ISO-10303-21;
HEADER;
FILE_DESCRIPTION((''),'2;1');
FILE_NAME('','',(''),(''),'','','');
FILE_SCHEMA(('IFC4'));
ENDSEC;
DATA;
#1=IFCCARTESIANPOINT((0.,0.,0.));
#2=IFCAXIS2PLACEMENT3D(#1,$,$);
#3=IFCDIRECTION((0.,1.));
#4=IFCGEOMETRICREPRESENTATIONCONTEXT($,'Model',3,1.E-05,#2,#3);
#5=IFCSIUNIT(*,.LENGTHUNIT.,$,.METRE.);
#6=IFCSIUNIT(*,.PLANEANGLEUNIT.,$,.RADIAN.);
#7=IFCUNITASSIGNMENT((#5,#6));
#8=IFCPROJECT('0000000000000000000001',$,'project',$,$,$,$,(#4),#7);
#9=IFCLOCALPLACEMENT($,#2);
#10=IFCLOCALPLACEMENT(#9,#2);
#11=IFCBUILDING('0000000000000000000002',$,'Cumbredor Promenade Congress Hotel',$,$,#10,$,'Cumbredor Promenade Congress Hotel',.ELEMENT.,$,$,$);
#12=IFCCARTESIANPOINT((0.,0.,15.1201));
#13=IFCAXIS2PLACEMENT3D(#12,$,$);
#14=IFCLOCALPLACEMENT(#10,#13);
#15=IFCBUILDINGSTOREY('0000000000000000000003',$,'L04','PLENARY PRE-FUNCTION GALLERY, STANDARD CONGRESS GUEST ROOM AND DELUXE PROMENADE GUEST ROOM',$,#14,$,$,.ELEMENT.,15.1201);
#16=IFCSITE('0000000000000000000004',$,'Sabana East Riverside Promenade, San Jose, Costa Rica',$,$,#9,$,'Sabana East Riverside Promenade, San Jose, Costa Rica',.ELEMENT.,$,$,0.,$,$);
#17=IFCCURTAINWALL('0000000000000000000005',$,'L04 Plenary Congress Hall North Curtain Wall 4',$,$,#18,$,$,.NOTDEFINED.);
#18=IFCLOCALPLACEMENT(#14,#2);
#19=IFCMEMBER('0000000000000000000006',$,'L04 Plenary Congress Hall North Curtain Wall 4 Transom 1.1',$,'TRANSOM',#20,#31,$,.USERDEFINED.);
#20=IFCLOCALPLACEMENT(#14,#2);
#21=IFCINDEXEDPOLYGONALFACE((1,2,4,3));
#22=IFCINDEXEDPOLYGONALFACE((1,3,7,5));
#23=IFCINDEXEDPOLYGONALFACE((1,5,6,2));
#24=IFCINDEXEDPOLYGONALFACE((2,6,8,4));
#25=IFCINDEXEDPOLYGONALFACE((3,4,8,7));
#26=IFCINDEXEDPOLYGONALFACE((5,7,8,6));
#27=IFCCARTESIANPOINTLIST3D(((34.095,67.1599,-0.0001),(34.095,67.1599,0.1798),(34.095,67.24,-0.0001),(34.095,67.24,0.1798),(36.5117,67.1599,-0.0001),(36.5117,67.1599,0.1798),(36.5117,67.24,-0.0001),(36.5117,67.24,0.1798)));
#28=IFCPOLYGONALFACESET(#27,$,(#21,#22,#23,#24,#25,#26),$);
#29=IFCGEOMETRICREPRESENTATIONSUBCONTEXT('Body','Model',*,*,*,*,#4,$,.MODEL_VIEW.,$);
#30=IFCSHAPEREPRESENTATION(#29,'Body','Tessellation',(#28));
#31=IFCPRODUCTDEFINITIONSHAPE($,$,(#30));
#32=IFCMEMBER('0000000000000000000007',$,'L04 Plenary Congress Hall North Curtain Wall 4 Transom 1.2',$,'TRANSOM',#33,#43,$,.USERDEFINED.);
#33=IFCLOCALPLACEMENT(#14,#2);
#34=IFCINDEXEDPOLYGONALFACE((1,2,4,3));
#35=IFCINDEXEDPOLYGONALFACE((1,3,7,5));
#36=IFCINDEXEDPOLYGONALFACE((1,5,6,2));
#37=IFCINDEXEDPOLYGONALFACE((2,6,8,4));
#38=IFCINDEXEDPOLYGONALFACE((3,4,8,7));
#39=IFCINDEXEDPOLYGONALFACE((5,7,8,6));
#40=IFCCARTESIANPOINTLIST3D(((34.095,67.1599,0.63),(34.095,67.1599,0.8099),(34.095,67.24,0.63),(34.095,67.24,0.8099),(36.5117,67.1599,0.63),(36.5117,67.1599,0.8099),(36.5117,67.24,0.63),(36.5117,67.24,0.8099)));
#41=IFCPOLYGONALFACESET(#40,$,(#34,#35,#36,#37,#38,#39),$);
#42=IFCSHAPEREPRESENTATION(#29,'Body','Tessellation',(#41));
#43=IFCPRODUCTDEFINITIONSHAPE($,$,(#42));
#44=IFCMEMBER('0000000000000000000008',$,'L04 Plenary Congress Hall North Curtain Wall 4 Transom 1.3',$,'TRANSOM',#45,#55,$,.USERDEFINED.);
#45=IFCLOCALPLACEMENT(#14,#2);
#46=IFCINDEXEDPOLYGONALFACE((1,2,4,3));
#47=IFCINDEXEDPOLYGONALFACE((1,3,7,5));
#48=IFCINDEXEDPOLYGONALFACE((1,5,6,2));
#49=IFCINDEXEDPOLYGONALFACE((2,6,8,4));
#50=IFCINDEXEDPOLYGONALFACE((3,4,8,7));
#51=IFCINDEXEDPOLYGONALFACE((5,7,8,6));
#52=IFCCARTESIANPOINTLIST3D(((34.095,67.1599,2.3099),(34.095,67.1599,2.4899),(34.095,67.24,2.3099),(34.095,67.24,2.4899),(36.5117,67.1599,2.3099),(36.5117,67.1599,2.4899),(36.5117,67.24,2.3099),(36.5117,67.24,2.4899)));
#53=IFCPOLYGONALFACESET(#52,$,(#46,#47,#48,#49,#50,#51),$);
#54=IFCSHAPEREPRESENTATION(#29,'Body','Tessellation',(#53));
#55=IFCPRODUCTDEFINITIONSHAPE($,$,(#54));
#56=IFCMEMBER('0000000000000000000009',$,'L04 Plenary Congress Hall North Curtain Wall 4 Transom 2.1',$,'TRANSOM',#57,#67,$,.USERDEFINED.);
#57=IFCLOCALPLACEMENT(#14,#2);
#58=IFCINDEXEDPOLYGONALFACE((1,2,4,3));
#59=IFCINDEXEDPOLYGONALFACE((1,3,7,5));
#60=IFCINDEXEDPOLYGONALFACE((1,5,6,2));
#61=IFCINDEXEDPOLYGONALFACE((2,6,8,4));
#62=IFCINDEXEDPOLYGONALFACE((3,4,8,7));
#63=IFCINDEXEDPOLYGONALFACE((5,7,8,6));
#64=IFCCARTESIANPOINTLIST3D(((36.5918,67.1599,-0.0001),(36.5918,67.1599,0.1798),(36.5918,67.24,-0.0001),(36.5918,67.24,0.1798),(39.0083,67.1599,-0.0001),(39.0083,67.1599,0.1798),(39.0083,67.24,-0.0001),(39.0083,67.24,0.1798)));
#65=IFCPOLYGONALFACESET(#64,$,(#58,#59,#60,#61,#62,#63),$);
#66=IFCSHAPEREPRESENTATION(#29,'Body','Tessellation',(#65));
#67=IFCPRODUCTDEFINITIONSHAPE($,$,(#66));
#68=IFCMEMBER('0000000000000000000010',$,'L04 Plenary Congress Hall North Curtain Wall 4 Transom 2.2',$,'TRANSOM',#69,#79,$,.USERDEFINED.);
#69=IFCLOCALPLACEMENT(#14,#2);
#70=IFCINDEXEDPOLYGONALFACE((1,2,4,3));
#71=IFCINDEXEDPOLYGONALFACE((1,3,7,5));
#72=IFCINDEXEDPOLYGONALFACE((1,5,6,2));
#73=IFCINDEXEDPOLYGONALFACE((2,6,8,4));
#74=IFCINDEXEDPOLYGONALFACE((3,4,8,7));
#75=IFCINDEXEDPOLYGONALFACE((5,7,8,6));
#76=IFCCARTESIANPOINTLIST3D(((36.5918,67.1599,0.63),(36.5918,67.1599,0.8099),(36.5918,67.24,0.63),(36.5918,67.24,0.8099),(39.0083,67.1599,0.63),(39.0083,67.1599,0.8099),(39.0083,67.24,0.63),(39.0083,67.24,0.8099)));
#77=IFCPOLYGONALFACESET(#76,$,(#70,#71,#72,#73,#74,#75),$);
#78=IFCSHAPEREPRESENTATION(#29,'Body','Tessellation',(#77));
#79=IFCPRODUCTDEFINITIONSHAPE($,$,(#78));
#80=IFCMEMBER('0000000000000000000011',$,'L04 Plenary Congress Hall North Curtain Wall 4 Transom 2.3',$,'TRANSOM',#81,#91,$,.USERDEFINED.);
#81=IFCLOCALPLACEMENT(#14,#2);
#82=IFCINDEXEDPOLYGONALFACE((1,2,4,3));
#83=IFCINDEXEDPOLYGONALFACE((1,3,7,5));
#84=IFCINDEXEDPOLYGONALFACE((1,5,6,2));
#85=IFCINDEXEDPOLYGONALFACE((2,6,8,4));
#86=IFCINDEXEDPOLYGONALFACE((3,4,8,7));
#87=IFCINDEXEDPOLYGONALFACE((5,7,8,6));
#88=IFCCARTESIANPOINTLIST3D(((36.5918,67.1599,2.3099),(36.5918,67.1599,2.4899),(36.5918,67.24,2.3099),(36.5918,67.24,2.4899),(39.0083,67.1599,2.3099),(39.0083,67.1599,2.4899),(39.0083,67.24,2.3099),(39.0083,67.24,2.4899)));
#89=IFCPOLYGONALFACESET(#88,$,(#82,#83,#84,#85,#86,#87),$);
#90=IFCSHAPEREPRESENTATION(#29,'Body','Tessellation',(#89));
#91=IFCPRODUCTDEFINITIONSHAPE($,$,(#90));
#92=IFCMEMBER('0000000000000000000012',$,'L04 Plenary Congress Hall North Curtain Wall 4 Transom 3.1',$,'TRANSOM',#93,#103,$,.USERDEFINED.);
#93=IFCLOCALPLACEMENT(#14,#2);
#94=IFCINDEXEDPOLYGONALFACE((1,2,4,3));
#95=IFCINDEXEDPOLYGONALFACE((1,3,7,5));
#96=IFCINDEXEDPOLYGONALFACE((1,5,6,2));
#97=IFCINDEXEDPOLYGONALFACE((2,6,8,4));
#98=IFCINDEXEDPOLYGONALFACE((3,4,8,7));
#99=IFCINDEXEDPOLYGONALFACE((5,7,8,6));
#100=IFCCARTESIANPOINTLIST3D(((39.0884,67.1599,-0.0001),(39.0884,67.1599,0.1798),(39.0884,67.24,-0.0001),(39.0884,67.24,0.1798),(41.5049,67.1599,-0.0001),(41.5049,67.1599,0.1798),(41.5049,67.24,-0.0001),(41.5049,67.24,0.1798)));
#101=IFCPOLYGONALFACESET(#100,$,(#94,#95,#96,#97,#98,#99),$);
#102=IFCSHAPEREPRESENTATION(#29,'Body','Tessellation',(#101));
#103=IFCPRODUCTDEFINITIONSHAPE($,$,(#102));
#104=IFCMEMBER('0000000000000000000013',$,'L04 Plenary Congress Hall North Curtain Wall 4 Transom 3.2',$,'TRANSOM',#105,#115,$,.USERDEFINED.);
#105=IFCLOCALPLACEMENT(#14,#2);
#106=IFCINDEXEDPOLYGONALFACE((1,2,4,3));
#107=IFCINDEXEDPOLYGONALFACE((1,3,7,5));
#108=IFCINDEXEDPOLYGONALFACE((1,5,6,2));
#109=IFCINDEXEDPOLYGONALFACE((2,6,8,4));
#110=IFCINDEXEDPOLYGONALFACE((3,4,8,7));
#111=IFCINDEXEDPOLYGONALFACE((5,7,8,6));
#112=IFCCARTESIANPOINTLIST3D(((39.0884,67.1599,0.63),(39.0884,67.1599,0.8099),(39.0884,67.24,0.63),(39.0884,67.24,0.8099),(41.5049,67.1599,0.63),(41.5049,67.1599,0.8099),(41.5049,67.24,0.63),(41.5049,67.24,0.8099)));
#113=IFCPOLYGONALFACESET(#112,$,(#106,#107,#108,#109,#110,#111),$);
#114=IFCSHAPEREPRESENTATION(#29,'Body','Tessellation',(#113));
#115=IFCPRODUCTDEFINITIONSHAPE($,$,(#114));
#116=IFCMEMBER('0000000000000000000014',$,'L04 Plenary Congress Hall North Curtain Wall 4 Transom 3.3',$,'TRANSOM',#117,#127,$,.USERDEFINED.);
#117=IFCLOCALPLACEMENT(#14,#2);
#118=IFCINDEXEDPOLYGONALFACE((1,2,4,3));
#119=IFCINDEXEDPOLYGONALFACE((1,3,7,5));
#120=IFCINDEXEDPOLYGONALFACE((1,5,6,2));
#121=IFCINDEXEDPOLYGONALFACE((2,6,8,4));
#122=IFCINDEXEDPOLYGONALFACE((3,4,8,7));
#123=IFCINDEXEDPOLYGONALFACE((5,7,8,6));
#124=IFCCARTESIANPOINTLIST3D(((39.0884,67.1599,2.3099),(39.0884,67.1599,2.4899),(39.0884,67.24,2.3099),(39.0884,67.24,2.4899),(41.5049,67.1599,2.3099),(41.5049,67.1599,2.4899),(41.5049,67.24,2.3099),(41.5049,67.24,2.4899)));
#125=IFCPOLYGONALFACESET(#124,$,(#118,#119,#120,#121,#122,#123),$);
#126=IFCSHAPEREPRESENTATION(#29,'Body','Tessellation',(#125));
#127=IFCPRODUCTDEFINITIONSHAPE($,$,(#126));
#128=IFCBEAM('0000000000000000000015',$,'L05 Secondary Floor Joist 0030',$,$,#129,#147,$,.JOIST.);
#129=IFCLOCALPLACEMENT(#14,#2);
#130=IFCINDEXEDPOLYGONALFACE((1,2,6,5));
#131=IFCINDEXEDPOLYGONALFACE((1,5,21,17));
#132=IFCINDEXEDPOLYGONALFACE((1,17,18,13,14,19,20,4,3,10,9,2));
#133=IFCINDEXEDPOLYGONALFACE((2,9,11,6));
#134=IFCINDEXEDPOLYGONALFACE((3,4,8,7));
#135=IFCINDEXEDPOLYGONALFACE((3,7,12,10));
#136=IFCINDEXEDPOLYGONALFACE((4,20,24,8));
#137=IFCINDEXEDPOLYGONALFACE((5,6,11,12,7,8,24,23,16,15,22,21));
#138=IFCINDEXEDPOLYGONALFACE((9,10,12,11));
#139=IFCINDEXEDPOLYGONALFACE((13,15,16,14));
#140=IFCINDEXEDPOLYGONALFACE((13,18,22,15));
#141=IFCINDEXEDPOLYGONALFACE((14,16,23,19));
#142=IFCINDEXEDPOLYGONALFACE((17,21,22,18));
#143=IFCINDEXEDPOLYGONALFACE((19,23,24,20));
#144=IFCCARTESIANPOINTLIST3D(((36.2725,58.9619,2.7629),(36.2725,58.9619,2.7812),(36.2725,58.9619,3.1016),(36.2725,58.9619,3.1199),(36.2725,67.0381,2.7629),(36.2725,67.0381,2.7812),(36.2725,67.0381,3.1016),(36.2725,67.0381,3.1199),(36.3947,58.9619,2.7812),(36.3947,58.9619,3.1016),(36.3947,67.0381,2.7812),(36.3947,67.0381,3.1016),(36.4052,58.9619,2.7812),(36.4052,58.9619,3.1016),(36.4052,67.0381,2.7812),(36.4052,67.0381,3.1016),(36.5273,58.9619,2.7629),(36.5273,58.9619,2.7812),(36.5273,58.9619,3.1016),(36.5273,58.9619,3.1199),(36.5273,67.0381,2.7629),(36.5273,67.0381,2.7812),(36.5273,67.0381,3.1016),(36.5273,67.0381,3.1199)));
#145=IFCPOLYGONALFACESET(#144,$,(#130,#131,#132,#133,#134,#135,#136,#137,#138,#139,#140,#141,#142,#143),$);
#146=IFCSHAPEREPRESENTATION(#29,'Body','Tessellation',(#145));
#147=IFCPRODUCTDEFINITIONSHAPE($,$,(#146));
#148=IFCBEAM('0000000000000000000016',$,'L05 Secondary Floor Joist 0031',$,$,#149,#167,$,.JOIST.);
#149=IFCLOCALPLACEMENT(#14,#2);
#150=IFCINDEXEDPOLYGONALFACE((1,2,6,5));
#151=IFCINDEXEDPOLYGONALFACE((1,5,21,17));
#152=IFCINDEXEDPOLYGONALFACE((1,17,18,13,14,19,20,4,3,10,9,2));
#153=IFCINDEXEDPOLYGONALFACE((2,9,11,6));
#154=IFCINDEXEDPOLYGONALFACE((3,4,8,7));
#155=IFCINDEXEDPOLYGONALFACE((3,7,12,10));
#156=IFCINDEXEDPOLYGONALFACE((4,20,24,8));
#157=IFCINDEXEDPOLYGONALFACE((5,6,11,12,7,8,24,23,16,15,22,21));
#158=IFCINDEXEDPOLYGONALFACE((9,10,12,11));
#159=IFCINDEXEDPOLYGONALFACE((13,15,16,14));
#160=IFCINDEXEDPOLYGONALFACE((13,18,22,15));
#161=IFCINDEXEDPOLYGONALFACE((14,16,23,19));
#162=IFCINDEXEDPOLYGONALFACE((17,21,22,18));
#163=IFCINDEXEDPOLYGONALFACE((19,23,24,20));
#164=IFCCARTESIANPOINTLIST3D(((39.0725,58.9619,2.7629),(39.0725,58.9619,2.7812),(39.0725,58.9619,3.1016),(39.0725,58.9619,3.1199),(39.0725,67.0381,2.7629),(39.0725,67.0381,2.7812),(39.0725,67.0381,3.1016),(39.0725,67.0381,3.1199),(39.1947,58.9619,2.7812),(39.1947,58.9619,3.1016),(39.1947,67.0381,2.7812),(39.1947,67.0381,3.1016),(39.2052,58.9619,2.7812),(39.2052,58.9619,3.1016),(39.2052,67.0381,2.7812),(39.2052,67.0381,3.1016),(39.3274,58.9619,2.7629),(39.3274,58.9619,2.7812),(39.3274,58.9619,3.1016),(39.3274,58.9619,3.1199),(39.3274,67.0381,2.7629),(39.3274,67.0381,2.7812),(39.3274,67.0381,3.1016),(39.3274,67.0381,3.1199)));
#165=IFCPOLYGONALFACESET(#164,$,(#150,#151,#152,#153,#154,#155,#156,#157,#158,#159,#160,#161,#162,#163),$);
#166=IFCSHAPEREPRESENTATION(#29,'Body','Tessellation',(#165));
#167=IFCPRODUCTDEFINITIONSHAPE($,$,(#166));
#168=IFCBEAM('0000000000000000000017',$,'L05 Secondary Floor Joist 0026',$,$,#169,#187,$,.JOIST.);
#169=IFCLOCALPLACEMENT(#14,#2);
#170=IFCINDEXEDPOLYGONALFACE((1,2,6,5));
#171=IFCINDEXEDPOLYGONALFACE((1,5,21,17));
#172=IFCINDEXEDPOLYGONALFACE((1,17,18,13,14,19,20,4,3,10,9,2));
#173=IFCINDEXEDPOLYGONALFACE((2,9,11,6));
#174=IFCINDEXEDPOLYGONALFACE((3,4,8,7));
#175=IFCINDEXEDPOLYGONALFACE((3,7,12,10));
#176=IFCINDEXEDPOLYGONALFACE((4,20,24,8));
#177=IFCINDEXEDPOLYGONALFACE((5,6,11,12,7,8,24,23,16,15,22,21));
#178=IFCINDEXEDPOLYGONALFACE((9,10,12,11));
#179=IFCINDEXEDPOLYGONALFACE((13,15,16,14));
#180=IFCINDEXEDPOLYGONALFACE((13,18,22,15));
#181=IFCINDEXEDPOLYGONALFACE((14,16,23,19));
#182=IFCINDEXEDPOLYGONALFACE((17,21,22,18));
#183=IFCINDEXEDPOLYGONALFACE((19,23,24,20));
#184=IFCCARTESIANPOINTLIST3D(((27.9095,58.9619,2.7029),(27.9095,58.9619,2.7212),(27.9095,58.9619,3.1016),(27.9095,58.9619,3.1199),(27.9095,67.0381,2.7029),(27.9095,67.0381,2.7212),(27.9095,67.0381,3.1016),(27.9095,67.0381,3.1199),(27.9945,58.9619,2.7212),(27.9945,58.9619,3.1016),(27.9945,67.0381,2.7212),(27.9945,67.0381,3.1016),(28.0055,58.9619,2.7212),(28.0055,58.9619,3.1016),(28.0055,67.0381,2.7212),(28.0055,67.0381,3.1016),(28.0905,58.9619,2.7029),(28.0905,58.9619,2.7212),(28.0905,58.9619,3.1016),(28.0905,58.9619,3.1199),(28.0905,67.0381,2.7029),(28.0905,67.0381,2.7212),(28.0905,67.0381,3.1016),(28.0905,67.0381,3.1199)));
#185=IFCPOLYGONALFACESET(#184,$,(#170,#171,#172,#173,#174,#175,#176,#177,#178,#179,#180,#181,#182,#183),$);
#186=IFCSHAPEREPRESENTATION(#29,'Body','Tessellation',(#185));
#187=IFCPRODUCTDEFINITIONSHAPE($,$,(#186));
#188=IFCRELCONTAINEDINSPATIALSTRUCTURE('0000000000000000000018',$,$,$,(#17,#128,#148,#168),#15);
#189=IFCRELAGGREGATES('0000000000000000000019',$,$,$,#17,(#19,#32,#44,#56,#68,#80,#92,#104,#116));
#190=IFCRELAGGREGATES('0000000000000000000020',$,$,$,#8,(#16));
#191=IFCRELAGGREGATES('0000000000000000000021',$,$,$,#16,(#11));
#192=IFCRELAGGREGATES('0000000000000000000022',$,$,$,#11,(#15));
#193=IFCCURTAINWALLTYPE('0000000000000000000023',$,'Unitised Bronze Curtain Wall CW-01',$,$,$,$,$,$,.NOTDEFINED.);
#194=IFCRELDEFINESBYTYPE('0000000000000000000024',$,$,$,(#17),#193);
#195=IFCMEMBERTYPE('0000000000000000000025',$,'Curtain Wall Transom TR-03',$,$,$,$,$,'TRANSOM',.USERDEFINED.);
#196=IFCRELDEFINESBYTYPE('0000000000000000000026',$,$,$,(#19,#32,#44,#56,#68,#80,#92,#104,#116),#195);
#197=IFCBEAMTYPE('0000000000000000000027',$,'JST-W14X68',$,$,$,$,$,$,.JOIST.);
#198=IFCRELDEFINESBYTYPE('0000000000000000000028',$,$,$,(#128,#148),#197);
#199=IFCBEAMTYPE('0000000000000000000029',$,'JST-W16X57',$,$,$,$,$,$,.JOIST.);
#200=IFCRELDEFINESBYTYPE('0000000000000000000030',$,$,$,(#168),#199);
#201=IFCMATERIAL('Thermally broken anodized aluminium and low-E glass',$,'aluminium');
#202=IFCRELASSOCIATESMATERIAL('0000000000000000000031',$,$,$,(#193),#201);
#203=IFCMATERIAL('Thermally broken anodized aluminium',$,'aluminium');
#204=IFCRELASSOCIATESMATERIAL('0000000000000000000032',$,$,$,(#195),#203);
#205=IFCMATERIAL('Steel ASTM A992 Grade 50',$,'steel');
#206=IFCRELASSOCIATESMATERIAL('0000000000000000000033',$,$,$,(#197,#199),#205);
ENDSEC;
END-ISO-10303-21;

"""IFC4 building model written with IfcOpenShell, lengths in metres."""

from ifc_helpers import new_model, si_unit, direction, frame, origin, origin_2d, place, context, subcontext, project, spatial, rectangle, i_section, extrude, material, material_profile, profile_set, type_object, element, aggregate, save


model = new_model("IFC4")

# Units and contexts
model_context = context("Model", 3, precision=1e-05, world=origin(), true_north=direction((0.0, 1.0)))
body_context = subcontext(model_context, "Body", "Model", "MODEL_VIEW")
ifc_project = project(units=[si_unit("LENGTHUNIT", "METRE"), si_unit("PLANEANGLEUNIT", "RADIAN")], contexts=[model_context])

# Site, building, storey
site_placement = place(None, origin())
site = spatial("IfcSite", under=ifc_project, at=site_placement, Name="Sabana East Riverside Promenade, San Jose, Costa Rica", LongName="Sabana East Riverside Promenade, San Jose, Costa Rica", CompositionType="ELEMENT", RefElevation=0.0)
building_placement = place(site_placement, origin())
building = spatial("IfcBuilding", under=site, at=building_placement, Name="Cumbredor Promenade Congress Hotel", LongName="Cumbredor Promenade Congress Hotel", CompositionType="ELEMENT")
storey_placement = place(building_placement, frame((0.0, 0.0, 15.1201)))
storey = spatial("IfcBuildingStorey", under=building, at=storey_placement, Name="L04", Description="PLENARY PRE-FUNCTION GALLERY, STANDARD CONGRESS GUEST ROOM AND DELUXE PROMENADE GUEST ROOM", CompositionType="ELEMENT", Elevation=15.1201)

# Shared definitions
ifc_material_1 = material(Name="Steel ASTM A992 Grade 50", Category="steel")

# Curtain wall, members
ifc_material_2 = material(Name="Thermally broken anodized aluminium and low-E glass", Category="aluminium")
curtain_wall_type = type_object("IfcCurtainWallType", Name="Unitised Bronze Curtain Wall CW-01", PredefinedType="NOTDEFINED", material=ifc_material_2)
curtain_wall_placement = place(storey_placement, origin())
curtain_wall = element("IfcCurtainWall", 1, at=curtain_wall_placement, inside=storey, type_object=curtain_wall_type, Name="L04 Plenary Congress Hall North Curtain Wall 4", PredefinedType="NOTDEFINED")
ifc_material_3 = material(Name="Thermally broken anodized aluminium", Category="aluminium")
ifc_material_profile_1 = material_profile(ifc_material_3, rectangle(XDim=0.0801, YDim=0.1799, at=origin_2d()), Name="ALU TRANSOM 80x180")
ifc_profile_set_1 = profile_set([ifc_material_profile_1], Name="Thermally broken anodized aluminium")
member_type_1 = type_object("IfcMemberType", Name="Curtain Wall Transom TR-03", ElementType="TRANSOM", PredefinedType="USERDEFINED", material=ifc_profile_set_1)
member_1_placement = place(storey_placement, frame((34.095, 67.2, 0.0898), z_axis=(1.0, 0.0, 0.0), x_axis=(0.0, 1.0, 0.0)))
member_1 = element("IfcMember", 2, at=member_1_placement, type_object=member_type_1, Name="L04 Plenary Congress Hall North Curtain Wall 4 Transom 1.1", ObjectType="TRANSOM", PredefinedType="USERDEFINED", context=body_context, shape_type="SweptSolid", body=[
    extrude(rectangle(XDim=0.0801, YDim=0.1799, at=origin_2d()), origin(), (0.0, 0.0, 1.0), 2.4167),
])
member_2_placement = place(storey_placement, frame((34.095, 67.2, 0.72), z_axis=(1.0, 0.0, 0.0), x_axis=(0.0, 1.0, 0.0)))
member_2 = element("IfcMember", 3, at=member_2_placement, type_object=member_type_1, Name="L04 Plenary Congress Hall North Curtain Wall 4 Transom 1.2", ObjectType="TRANSOM", PredefinedType="USERDEFINED", context=body_context, shape_type="SweptSolid", body=[
    extrude(rectangle(XDim=0.0801, YDim=0.1799, at=origin_2d()), origin(), (0.0, 0.0, 1.0), 2.4167),
])
member_3_placement = place(storey_placement, frame((34.095, 67.2, 2.3999), z_axis=(1.0, 0.0, 0.0), x_axis=(0.0, 1.0, 0.0)))
member_3 = element("IfcMember", 4, at=member_3_placement, type_object=member_type_1, Name="L04 Plenary Congress Hall North Curtain Wall 4 Transom 1.3", ObjectType="TRANSOM", PredefinedType="USERDEFINED", context=body_context, shape_type="SweptSolid", body=[
    extrude(rectangle(XDim=0.0801, YDim=0.1799, at=origin_2d()), origin(), (0.0, 0.0, 1.0), 2.4167),
])
member_4_placement = place(storey_placement, frame((36.5918, 67.2, 0.0898), z_axis=(1.0, 0.0, 0.0), x_axis=(0.0, 1.0, 0.0)))
member_4 = element("IfcMember", 5, at=member_4_placement, type_object=member_type_1, Name="L04 Plenary Congress Hall North Curtain Wall 4 Transom 2.1", ObjectType="TRANSOM", PredefinedType="USERDEFINED", context=body_context, shape_type="SweptSolid", body=[
    extrude(rectangle(XDim=0.0801, YDim=0.1799, at=origin_2d()), origin(), (0.0, 0.0, 1.0), 2.4165),
])
member_5_placement = place(storey_placement, frame((36.5918, 67.2, 0.72), z_axis=(1.0, 0.0, 0.0), x_axis=(0.0, 1.0, 0.0)))
member_5 = element("IfcMember", 6, at=member_5_placement, type_object=member_type_1, Name="L04 Plenary Congress Hall North Curtain Wall 4 Transom 2.2", ObjectType="TRANSOM", PredefinedType="USERDEFINED", context=body_context, shape_type="SweptSolid", body=[
    extrude(rectangle(XDim=0.0801, YDim=0.1799, at=origin_2d()), origin(), (0.0, 0.0, 1.0), 2.4165),
])
member_6_placement = place(storey_placement, frame((36.5918, 67.2, 2.3999), z_axis=(1.0, 0.0, 0.0), x_axis=(0.0, 1.0, 0.0)))
member_6 = element("IfcMember", 7, at=member_6_placement, type_object=member_type_1, Name="L04 Plenary Congress Hall North Curtain Wall 4 Transom 2.3", ObjectType="TRANSOM", PredefinedType="USERDEFINED", context=body_context, shape_type="SweptSolid", body=[
    extrude(rectangle(XDim=0.0801, YDim=0.1799, at=origin_2d()), origin(), (0.0, 0.0, 1.0), 2.4165),
])
member_7_placement = place(storey_placement, frame((39.0884, 67.2, 0.0898), z_axis=(1.0, 0.0, 0.0), x_axis=(0.0, 1.0, 0.0)))
member_7 = element("IfcMember", 8, at=member_7_placement, type_object=member_type_1, Name="L04 Plenary Congress Hall North Curtain Wall 4 Transom 3.1", ObjectType="TRANSOM", PredefinedType="USERDEFINED", context=body_context, shape_type="SweptSolid", body=[
    extrude(rectangle(XDim=0.0801, YDim=0.1799, at=origin_2d()), origin(), (0.0, 0.0, 1.0), 2.4165),
])
member_8_placement = place(storey_placement, frame((39.0884, 67.2, 0.72), z_axis=(1.0, 0.0, 0.0), x_axis=(0.0, 1.0, 0.0)))
member_8 = element("IfcMember", 9, at=member_8_placement, type_object=member_type_1, Name="L04 Plenary Congress Hall North Curtain Wall 4 Transom 3.2", ObjectType="TRANSOM", PredefinedType="USERDEFINED", context=body_context, shape_type="SweptSolid", body=[
    extrude(rectangle(XDim=0.0801, YDim=0.1799, at=origin_2d()), origin(), (0.0, 0.0, 1.0), 2.4165),
])
member_9_placement = place(storey_placement, frame((39.0884, 67.2, 2.3999), z_axis=(1.0, 0.0, 0.0), x_axis=(0.0, 1.0, 0.0)))
member_9 = element("IfcMember", 10, at=member_9_placement, type_object=member_type_1, Name="L04 Plenary Congress Hall North Curtain Wall 4 Transom 3.3", ObjectType="TRANSOM", PredefinedType="USERDEFINED", context=body_context, shape_type="SweptSolid", body=[
    extrude(rectangle(XDim=0.0801, YDim=0.1799, at=origin_2d()), origin(), (0.0, 0.0, 1.0), 2.4165),
])

# Beams
ifc_material_profile_2 = material_profile(ifc_material_1, i_section(OverallWidth=0.2549, OverallDepth=0.3569, WebThickness=0.0105, FlangeThickness=0.0183, at=origin_2d()), Name="W14X68")
ifc_profile_set_2 = profile_set([ifc_material_profile_2], Name="Steel ASTM A992 Grade 50")
beam_type_1 = type_object("IfcBeamType", Name="JST-W14X68", PredefinedType="JOIST", material=ifc_profile_set_2)
for number, where, z_axis, x_axis, name in (
    (11, (36.3999, 58.9619, 2.9414), (0.0, 1.0, 0.0), (-1.0, 0.0, 0.0), "L05 Secondary Floor Joist 0030"),
    (12, (39.2, 58.9619, 2.9414), (0.0, 1.0, 0.0), (-1.0, 0.0, 0.0), "L05 Secondary Floor Joist 0031"),
):
    element("IfcBeam", number, at=place(storey_placement, frame(where, z_axis=z_axis, x_axis=x_axis)), inside=storey, type_object=beam_type_1, Name=name, PredefinedType="JOIST", context=body_context, shape_type="SweptSolid", body=[
        extrude(i_section(OverallWidth=0.2549, OverallDepth=0.3569, WebThickness=0.0105, FlangeThickness=0.0183, at=origin_2d()), origin(), (0.0, 0.0, 1.0), 8.0762),
    ])
ifc_material_profile_3 = material_profile(ifc_material_1, i_section(OverallWidth=0.1809, OverallDepth=0.417, WebThickness=0.011, FlangeThickness=0.0183, at=origin_2d()), Name="W16X57")
ifc_profile_set_3 = profile_set([ifc_material_profile_3], Name="Steel ASTM A992 Grade 50")
beam_type_2 = type_object("IfcBeamType", Name="JST-W16X57", PredefinedType="JOIST", material=ifc_profile_set_3)
for number, where, z_axis, x_axis, name in (
    (13, (28.0, 58.9619, 2.9114), (0.0, 1.0, 0.0), (-1.0, 0.0, 0.0), "L05 Secondary Floor Joist 0026"),
):
    element("IfcBeam", number, at=place(storey_placement, frame(where, z_axis=z_axis, x_axis=x_axis)), inside=storey, type_object=beam_type_2, Name=name, PredefinedType="JOIST", context=body_context, shape_type="SweptSolid", body=[
        extrude(i_section(OverallWidth=0.1809, OverallDepth=0.417, WebThickness=0.011, FlangeThickness=0.0183, at=origin_2d()), origin(), (0.0, 0.0, 1.0), 8.0762),
    ])

aggregate(curtain_wall, [member_1, member_2, member_3, member_4, member_5, member_6, member_7, member_8, member_9])

save(model, "model.ifc")
